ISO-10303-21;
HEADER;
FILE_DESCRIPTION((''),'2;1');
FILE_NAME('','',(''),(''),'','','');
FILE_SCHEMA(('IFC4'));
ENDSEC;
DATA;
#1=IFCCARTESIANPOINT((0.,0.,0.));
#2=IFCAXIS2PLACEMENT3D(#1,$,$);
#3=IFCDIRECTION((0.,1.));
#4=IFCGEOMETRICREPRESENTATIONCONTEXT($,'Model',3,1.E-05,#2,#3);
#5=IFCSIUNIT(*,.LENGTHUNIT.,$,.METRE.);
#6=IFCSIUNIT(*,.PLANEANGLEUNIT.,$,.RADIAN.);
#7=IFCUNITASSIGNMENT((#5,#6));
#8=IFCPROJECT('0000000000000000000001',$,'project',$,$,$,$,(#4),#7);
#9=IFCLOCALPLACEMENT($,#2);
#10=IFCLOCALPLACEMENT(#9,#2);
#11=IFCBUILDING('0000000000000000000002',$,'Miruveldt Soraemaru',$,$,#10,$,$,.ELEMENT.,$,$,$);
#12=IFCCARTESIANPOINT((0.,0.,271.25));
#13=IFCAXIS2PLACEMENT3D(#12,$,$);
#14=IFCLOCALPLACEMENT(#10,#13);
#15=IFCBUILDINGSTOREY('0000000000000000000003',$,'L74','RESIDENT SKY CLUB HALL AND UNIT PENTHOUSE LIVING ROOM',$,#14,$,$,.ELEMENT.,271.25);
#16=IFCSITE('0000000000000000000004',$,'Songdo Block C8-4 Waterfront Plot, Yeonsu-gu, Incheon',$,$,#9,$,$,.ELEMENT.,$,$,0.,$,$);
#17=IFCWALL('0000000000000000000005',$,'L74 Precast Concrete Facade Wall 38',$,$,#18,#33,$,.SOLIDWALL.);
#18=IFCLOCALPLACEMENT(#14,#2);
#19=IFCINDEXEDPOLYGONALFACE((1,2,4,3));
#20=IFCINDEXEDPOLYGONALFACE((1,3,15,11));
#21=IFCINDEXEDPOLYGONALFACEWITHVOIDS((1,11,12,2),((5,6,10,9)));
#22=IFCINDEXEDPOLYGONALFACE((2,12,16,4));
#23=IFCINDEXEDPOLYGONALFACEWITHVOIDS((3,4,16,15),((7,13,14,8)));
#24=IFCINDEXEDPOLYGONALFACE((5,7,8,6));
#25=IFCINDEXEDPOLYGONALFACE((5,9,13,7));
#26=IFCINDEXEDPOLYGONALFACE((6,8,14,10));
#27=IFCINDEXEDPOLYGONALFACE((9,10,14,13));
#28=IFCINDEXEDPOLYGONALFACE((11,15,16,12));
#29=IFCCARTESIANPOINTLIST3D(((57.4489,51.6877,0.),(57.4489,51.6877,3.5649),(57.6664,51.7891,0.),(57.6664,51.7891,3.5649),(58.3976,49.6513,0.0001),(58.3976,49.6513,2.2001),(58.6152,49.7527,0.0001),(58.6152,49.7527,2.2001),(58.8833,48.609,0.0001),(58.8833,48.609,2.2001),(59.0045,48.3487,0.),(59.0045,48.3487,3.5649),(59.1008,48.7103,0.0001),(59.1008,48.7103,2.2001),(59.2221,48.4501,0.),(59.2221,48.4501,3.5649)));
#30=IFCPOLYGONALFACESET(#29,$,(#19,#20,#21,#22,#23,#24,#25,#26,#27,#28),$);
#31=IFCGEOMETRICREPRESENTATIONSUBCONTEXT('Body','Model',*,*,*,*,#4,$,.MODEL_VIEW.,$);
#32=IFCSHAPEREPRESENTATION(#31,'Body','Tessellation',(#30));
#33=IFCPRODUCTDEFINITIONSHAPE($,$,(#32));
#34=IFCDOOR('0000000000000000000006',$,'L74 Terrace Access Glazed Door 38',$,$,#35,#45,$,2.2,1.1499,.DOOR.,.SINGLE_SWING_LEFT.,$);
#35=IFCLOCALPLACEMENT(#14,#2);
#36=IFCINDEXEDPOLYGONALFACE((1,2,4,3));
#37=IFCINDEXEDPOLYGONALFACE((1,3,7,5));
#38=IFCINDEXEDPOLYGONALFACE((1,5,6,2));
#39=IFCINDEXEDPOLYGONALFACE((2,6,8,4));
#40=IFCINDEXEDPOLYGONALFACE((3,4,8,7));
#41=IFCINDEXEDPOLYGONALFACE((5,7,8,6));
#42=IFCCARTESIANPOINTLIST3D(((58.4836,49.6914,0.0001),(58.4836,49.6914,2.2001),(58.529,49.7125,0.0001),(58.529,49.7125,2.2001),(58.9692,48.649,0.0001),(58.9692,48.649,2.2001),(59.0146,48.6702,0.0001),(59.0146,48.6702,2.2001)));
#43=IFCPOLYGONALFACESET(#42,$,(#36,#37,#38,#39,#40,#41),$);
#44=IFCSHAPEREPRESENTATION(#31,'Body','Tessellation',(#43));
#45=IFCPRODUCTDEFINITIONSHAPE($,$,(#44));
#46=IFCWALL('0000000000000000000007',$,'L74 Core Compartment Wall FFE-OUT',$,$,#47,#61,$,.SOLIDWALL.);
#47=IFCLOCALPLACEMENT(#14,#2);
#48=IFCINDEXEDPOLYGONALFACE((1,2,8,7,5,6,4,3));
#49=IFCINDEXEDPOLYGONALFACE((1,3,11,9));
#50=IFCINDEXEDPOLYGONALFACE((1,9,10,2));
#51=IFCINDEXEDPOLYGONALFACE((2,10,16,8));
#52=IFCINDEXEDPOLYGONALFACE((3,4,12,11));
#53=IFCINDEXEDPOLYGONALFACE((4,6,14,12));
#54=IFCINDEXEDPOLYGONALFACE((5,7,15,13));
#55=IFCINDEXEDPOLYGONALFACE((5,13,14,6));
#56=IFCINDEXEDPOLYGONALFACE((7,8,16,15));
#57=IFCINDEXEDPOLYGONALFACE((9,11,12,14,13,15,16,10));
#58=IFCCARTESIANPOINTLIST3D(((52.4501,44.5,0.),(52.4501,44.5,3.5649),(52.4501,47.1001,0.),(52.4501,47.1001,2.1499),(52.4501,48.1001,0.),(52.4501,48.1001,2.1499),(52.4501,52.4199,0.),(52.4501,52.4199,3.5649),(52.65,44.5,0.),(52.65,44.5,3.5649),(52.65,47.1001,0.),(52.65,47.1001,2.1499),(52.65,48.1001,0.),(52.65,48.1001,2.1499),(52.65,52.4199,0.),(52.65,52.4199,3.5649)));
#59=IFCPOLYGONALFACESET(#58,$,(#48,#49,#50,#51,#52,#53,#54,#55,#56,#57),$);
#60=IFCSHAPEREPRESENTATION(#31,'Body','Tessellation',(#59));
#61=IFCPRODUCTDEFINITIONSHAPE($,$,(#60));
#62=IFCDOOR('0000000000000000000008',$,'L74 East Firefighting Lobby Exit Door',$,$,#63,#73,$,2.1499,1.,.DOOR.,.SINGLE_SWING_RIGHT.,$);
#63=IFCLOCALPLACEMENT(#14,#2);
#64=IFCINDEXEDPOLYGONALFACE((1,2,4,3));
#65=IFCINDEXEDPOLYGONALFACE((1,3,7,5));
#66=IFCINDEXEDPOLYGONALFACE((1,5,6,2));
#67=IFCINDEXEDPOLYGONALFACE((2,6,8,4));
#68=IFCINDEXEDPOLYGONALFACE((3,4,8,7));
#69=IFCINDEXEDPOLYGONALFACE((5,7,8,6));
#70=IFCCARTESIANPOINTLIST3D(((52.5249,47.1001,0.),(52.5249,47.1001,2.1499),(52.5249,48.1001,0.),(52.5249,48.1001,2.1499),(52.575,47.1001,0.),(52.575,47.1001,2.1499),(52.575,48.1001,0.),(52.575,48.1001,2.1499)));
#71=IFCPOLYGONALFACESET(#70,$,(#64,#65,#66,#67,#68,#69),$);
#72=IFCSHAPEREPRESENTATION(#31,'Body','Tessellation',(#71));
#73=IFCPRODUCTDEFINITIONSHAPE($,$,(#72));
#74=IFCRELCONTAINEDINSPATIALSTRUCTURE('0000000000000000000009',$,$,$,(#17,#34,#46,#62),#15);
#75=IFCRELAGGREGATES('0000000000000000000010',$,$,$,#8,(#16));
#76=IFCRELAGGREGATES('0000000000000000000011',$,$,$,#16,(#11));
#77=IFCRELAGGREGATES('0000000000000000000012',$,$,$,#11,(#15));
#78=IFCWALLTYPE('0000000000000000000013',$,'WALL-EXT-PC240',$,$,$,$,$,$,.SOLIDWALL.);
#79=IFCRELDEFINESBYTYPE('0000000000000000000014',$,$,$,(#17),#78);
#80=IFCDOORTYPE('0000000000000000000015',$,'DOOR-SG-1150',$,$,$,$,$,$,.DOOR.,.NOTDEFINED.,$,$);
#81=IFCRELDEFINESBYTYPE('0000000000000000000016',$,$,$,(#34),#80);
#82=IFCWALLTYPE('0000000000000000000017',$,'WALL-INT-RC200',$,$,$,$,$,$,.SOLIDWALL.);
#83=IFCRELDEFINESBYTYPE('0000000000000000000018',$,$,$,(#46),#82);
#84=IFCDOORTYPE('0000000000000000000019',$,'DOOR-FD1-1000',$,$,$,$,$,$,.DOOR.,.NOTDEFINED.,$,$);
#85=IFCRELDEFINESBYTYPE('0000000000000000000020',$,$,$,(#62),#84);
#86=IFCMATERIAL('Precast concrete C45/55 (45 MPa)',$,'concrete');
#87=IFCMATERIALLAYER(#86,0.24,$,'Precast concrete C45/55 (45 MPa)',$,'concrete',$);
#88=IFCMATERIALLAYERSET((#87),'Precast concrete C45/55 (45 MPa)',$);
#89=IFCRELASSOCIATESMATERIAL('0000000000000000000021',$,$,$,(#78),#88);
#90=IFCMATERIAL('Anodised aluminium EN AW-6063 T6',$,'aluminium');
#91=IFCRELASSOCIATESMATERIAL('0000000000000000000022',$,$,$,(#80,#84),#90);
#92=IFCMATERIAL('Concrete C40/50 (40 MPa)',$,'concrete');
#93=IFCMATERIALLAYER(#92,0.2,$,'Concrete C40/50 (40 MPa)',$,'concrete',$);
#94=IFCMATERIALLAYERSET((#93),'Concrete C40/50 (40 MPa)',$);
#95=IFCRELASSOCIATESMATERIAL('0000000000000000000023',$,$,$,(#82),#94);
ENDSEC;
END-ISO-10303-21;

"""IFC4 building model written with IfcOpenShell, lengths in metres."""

from ifc_helpers import new_model, si_unit, direction, frame, frame_2d, origin, place, context, subcontext, project, spatial, rectangle, extrude, material, layer, layer_set, type_object, element, fill, save


model = new_model("IFC4")

# Units and contexts
model_context = context("Model", 3, precision=1e-05, world=origin(), true_north=direction((0.0, 1.0)))
body_context = subcontext(model_context, "Body", "Model", "MODEL_VIEW")
ifc_project = project(units=[si_unit("LENGTHUNIT", "METRE"), si_unit("PLANEANGLEUNIT", "RADIAN")], contexts=[model_context])

# Site, building, storey
site_placement = place(None, origin())
site = spatial("IfcSite", under=ifc_project, at=site_placement, Name="Songdo Block C8-4 Waterfront Plot, Yeonsu-gu, Incheon", CompositionType="ELEMENT", RefElevation=0.0)
building_placement = place(site_placement, origin())
building = spatial("IfcBuilding", under=site, at=building_placement, Name="Miruveldt Soraemaru", CompositionType="ELEMENT")
storey_placement = place(building_placement, frame((0.0, 0.0, 271.25)))
storey = spatial("IfcBuildingStorey", under=building, at=storey_placement, Name="L74", Description="RESIDENT SKY CLUB HALL AND UNIT PENTHOUSE LIVING ROOM", CompositionType="ELEMENT", Elevation=271.25)

# Shared definitions
ifc_material_1 = material(Name="Anodised aluminium EN AW-6063 T6", Category="aluminium")

# Shared definitions
ifc_material_2 = material(Name="Precast concrete C45/55 (45 MPa)", Category="concrete")
ifc_layer_1 = layer(ifc_material_2, 0.24, Name="Precast concrete C45/55 (45 MPa)", Category="concrete")
ifc_layer_set_1 = layer_set([ifc_layer_1], Name="Precast concrete C45/55 (45 MPa)")
wall_type_1 = type_object("IfcWallType", Name="WALL-EXT-PC240", PredefinedType="SOLIDWALL", material=ifc_layer_set_1)

# Walls, openings, doors
wall_1_placement = place(storey_placement, frame((59.1133, 48.3994, 0.0), z_axis=(0.0, 0.0, 1.0), x_axis=(-0.422308, 0.906452, 0.0)))
wall_1 = element("IfcWall", 1, at=wall_1_placement, inside=storey, type_object=wall_type_1, Name="L74 Precast Concrete Facade Wall 38", PredefinedType="SOLIDWALL", context=body_context, shape_type="SweptSolid", body=[
    extrude(rectangle(XDim=3.6836, YDim=0.24, at=frame_2d((1.8418, 0.0))), origin(), (0.0, 0.0, 1.0), 3.5649),
])
opening_1_placement = place(wall_1_placement, frame((0.2871, 0.0, 0.0)))
opening_1 = element("IfcOpeningElement", 2, at=opening_1_placement, cuts=wall_1, PredefinedType="OPENING", context=body_context, shape_type="SweptSolid", body=[
    extrude(rectangle(XDim=1.1499, YDim=2.2, at=frame_2d((0.575, 1.1001))), frame((0.0, 0.1299, 0.0), z_axis=(0.0, -1.0, 0.0), x_axis=(1.0, 0.0, 0.0)), (0.0, 0.0, 1.0), 0.26),
])
door_type_1 = type_object("IfcDoorType", Name="DOOR-SG-1150", OperationType="NOTDEFINED", PredefinedType="DOOR", material=ifc_material_1)
door_1_placement = place(opening_1_placement, frame((1.1499, 0.0, 0.0), z_axis=(0.0, 0.0, 1.0), x_axis=(-1.0, 0.0, 0.0)))
door_1 = element("IfcDoor", 3, at=door_1_placement, inside=storey, type_object=door_type_1, Name="L74 Terrace Access Glazed Door 38", OperationType="SINGLE_SWING_LEFT", OverallHeight=2.2, OverallWidth=1.1499, PredefinedType="DOOR", context=body_context, shape_type="SweptSolid", body=[
    extrude(rectangle(XDim=1.1499, YDim=2.2, at=frame_2d((0.575, 1.1001))), frame((0.0, 0.0249, 0.0), z_axis=(0.0, -1.0, 0.0), x_axis=(1.0, 0.0, 0.0)), (0.0, 0.0, 1.0), 0.05),
])
fill(opening_1, door_1)
ifc_material_3 = material(Name="Concrete C40/50 (40 MPa)", Category="concrete")
ifc_layer_2 = layer(ifc_material_3, 0.2, Name="Concrete C40/50 (40 MPa)", Category="concrete")
ifc_layer_set_2 = layer_set([ifc_layer_2], Name="Concrete C40/50 (40 MPa)")
wall_type_2 = type_object("IfcWallType", Name="WALL-INT-RC200", PredefinedType="SOLIDWALL", material=ifc_layer_set_2)
wall_2_placement = place(storey_placement, frame((52.55, 44.5, 0.0), z_axis=(0.0, 0.0, 1.0), x_axis=(0.0, 1.0, 0.0)))
wall_2 = element("IfcWall", 4, at=wall_2_placement, inside=storey, type_object=wall_type_2, Name="L74 Core Compartment Wall FFE-OUT", PredefinedType="SOLIDWALL", context=body_context, shape_type="SweptSolid", body=[
    extrude(rectangle(XDim=7.9199, YDim=0.2, at=frame_2d((3.96, 0.0))), origin(), (0.0, 0.0, 1.0), 3.5649),
])
opening_2_placement = place(wall_2_placement, frame((2.6001, 0.0, 0.0)))
opening_2 = element("IfcOpeningElement", 5, at=opening_2_placement, cuts=wall_2, PredefinedType="OPENING", context=body_context, shape_type="SweptSolid", body=[
    extrude(rectangle(XDim=1.0, YDim=2.1499, at=frame_2d((0.5, 1.075))), frame((0.0, 0.1099, 0.0), z_axis=(0.0, -1.0, 0.0), x_axis=(1.0, 0.0, 0.0)), (0.0, 0.0, 1.0), 0.22),
])
door_type_2 = type_object("IfcDoorType", Name="DOOR-FD1-1000", OperationType="NOTDEFINED", PredefinedType="DOOR", material=ifc_material_1)
door_2_placement = place(opening_2_placement, frame((1.0, 0.0, 0.0), z_axis=(0.0, 0.0, 1.0), x_axis=(-1.0, 0.0, 0.0)))
door_2 = element("IfcDoor", 6, at=door_2_placement, inside=storey, type_object=door_type_2, Name="L74 East Firefighting Lobby Exit Door", OperationType="SINGLE_SWING_RIGHT", OverallHeight=2.1499, OverallWidth=1.0, PredefinedType="DOOR", context=body_context, shape_type="SweptSolid", body=[
    extrude(rectangle(XDim=1.0, YDim=2.1499, at=frame_2d((0.5, 1.075))), frame((0.0, 0.0249, 0.0), z_axis=(0.0, -1.0, 0.0), x_axis=(1.0, 0.0, 0.0)), (0.0, 0.0, 1.0), 0.05),
])
fill(opening_2, door_2)

save(model, "model.ifc")
